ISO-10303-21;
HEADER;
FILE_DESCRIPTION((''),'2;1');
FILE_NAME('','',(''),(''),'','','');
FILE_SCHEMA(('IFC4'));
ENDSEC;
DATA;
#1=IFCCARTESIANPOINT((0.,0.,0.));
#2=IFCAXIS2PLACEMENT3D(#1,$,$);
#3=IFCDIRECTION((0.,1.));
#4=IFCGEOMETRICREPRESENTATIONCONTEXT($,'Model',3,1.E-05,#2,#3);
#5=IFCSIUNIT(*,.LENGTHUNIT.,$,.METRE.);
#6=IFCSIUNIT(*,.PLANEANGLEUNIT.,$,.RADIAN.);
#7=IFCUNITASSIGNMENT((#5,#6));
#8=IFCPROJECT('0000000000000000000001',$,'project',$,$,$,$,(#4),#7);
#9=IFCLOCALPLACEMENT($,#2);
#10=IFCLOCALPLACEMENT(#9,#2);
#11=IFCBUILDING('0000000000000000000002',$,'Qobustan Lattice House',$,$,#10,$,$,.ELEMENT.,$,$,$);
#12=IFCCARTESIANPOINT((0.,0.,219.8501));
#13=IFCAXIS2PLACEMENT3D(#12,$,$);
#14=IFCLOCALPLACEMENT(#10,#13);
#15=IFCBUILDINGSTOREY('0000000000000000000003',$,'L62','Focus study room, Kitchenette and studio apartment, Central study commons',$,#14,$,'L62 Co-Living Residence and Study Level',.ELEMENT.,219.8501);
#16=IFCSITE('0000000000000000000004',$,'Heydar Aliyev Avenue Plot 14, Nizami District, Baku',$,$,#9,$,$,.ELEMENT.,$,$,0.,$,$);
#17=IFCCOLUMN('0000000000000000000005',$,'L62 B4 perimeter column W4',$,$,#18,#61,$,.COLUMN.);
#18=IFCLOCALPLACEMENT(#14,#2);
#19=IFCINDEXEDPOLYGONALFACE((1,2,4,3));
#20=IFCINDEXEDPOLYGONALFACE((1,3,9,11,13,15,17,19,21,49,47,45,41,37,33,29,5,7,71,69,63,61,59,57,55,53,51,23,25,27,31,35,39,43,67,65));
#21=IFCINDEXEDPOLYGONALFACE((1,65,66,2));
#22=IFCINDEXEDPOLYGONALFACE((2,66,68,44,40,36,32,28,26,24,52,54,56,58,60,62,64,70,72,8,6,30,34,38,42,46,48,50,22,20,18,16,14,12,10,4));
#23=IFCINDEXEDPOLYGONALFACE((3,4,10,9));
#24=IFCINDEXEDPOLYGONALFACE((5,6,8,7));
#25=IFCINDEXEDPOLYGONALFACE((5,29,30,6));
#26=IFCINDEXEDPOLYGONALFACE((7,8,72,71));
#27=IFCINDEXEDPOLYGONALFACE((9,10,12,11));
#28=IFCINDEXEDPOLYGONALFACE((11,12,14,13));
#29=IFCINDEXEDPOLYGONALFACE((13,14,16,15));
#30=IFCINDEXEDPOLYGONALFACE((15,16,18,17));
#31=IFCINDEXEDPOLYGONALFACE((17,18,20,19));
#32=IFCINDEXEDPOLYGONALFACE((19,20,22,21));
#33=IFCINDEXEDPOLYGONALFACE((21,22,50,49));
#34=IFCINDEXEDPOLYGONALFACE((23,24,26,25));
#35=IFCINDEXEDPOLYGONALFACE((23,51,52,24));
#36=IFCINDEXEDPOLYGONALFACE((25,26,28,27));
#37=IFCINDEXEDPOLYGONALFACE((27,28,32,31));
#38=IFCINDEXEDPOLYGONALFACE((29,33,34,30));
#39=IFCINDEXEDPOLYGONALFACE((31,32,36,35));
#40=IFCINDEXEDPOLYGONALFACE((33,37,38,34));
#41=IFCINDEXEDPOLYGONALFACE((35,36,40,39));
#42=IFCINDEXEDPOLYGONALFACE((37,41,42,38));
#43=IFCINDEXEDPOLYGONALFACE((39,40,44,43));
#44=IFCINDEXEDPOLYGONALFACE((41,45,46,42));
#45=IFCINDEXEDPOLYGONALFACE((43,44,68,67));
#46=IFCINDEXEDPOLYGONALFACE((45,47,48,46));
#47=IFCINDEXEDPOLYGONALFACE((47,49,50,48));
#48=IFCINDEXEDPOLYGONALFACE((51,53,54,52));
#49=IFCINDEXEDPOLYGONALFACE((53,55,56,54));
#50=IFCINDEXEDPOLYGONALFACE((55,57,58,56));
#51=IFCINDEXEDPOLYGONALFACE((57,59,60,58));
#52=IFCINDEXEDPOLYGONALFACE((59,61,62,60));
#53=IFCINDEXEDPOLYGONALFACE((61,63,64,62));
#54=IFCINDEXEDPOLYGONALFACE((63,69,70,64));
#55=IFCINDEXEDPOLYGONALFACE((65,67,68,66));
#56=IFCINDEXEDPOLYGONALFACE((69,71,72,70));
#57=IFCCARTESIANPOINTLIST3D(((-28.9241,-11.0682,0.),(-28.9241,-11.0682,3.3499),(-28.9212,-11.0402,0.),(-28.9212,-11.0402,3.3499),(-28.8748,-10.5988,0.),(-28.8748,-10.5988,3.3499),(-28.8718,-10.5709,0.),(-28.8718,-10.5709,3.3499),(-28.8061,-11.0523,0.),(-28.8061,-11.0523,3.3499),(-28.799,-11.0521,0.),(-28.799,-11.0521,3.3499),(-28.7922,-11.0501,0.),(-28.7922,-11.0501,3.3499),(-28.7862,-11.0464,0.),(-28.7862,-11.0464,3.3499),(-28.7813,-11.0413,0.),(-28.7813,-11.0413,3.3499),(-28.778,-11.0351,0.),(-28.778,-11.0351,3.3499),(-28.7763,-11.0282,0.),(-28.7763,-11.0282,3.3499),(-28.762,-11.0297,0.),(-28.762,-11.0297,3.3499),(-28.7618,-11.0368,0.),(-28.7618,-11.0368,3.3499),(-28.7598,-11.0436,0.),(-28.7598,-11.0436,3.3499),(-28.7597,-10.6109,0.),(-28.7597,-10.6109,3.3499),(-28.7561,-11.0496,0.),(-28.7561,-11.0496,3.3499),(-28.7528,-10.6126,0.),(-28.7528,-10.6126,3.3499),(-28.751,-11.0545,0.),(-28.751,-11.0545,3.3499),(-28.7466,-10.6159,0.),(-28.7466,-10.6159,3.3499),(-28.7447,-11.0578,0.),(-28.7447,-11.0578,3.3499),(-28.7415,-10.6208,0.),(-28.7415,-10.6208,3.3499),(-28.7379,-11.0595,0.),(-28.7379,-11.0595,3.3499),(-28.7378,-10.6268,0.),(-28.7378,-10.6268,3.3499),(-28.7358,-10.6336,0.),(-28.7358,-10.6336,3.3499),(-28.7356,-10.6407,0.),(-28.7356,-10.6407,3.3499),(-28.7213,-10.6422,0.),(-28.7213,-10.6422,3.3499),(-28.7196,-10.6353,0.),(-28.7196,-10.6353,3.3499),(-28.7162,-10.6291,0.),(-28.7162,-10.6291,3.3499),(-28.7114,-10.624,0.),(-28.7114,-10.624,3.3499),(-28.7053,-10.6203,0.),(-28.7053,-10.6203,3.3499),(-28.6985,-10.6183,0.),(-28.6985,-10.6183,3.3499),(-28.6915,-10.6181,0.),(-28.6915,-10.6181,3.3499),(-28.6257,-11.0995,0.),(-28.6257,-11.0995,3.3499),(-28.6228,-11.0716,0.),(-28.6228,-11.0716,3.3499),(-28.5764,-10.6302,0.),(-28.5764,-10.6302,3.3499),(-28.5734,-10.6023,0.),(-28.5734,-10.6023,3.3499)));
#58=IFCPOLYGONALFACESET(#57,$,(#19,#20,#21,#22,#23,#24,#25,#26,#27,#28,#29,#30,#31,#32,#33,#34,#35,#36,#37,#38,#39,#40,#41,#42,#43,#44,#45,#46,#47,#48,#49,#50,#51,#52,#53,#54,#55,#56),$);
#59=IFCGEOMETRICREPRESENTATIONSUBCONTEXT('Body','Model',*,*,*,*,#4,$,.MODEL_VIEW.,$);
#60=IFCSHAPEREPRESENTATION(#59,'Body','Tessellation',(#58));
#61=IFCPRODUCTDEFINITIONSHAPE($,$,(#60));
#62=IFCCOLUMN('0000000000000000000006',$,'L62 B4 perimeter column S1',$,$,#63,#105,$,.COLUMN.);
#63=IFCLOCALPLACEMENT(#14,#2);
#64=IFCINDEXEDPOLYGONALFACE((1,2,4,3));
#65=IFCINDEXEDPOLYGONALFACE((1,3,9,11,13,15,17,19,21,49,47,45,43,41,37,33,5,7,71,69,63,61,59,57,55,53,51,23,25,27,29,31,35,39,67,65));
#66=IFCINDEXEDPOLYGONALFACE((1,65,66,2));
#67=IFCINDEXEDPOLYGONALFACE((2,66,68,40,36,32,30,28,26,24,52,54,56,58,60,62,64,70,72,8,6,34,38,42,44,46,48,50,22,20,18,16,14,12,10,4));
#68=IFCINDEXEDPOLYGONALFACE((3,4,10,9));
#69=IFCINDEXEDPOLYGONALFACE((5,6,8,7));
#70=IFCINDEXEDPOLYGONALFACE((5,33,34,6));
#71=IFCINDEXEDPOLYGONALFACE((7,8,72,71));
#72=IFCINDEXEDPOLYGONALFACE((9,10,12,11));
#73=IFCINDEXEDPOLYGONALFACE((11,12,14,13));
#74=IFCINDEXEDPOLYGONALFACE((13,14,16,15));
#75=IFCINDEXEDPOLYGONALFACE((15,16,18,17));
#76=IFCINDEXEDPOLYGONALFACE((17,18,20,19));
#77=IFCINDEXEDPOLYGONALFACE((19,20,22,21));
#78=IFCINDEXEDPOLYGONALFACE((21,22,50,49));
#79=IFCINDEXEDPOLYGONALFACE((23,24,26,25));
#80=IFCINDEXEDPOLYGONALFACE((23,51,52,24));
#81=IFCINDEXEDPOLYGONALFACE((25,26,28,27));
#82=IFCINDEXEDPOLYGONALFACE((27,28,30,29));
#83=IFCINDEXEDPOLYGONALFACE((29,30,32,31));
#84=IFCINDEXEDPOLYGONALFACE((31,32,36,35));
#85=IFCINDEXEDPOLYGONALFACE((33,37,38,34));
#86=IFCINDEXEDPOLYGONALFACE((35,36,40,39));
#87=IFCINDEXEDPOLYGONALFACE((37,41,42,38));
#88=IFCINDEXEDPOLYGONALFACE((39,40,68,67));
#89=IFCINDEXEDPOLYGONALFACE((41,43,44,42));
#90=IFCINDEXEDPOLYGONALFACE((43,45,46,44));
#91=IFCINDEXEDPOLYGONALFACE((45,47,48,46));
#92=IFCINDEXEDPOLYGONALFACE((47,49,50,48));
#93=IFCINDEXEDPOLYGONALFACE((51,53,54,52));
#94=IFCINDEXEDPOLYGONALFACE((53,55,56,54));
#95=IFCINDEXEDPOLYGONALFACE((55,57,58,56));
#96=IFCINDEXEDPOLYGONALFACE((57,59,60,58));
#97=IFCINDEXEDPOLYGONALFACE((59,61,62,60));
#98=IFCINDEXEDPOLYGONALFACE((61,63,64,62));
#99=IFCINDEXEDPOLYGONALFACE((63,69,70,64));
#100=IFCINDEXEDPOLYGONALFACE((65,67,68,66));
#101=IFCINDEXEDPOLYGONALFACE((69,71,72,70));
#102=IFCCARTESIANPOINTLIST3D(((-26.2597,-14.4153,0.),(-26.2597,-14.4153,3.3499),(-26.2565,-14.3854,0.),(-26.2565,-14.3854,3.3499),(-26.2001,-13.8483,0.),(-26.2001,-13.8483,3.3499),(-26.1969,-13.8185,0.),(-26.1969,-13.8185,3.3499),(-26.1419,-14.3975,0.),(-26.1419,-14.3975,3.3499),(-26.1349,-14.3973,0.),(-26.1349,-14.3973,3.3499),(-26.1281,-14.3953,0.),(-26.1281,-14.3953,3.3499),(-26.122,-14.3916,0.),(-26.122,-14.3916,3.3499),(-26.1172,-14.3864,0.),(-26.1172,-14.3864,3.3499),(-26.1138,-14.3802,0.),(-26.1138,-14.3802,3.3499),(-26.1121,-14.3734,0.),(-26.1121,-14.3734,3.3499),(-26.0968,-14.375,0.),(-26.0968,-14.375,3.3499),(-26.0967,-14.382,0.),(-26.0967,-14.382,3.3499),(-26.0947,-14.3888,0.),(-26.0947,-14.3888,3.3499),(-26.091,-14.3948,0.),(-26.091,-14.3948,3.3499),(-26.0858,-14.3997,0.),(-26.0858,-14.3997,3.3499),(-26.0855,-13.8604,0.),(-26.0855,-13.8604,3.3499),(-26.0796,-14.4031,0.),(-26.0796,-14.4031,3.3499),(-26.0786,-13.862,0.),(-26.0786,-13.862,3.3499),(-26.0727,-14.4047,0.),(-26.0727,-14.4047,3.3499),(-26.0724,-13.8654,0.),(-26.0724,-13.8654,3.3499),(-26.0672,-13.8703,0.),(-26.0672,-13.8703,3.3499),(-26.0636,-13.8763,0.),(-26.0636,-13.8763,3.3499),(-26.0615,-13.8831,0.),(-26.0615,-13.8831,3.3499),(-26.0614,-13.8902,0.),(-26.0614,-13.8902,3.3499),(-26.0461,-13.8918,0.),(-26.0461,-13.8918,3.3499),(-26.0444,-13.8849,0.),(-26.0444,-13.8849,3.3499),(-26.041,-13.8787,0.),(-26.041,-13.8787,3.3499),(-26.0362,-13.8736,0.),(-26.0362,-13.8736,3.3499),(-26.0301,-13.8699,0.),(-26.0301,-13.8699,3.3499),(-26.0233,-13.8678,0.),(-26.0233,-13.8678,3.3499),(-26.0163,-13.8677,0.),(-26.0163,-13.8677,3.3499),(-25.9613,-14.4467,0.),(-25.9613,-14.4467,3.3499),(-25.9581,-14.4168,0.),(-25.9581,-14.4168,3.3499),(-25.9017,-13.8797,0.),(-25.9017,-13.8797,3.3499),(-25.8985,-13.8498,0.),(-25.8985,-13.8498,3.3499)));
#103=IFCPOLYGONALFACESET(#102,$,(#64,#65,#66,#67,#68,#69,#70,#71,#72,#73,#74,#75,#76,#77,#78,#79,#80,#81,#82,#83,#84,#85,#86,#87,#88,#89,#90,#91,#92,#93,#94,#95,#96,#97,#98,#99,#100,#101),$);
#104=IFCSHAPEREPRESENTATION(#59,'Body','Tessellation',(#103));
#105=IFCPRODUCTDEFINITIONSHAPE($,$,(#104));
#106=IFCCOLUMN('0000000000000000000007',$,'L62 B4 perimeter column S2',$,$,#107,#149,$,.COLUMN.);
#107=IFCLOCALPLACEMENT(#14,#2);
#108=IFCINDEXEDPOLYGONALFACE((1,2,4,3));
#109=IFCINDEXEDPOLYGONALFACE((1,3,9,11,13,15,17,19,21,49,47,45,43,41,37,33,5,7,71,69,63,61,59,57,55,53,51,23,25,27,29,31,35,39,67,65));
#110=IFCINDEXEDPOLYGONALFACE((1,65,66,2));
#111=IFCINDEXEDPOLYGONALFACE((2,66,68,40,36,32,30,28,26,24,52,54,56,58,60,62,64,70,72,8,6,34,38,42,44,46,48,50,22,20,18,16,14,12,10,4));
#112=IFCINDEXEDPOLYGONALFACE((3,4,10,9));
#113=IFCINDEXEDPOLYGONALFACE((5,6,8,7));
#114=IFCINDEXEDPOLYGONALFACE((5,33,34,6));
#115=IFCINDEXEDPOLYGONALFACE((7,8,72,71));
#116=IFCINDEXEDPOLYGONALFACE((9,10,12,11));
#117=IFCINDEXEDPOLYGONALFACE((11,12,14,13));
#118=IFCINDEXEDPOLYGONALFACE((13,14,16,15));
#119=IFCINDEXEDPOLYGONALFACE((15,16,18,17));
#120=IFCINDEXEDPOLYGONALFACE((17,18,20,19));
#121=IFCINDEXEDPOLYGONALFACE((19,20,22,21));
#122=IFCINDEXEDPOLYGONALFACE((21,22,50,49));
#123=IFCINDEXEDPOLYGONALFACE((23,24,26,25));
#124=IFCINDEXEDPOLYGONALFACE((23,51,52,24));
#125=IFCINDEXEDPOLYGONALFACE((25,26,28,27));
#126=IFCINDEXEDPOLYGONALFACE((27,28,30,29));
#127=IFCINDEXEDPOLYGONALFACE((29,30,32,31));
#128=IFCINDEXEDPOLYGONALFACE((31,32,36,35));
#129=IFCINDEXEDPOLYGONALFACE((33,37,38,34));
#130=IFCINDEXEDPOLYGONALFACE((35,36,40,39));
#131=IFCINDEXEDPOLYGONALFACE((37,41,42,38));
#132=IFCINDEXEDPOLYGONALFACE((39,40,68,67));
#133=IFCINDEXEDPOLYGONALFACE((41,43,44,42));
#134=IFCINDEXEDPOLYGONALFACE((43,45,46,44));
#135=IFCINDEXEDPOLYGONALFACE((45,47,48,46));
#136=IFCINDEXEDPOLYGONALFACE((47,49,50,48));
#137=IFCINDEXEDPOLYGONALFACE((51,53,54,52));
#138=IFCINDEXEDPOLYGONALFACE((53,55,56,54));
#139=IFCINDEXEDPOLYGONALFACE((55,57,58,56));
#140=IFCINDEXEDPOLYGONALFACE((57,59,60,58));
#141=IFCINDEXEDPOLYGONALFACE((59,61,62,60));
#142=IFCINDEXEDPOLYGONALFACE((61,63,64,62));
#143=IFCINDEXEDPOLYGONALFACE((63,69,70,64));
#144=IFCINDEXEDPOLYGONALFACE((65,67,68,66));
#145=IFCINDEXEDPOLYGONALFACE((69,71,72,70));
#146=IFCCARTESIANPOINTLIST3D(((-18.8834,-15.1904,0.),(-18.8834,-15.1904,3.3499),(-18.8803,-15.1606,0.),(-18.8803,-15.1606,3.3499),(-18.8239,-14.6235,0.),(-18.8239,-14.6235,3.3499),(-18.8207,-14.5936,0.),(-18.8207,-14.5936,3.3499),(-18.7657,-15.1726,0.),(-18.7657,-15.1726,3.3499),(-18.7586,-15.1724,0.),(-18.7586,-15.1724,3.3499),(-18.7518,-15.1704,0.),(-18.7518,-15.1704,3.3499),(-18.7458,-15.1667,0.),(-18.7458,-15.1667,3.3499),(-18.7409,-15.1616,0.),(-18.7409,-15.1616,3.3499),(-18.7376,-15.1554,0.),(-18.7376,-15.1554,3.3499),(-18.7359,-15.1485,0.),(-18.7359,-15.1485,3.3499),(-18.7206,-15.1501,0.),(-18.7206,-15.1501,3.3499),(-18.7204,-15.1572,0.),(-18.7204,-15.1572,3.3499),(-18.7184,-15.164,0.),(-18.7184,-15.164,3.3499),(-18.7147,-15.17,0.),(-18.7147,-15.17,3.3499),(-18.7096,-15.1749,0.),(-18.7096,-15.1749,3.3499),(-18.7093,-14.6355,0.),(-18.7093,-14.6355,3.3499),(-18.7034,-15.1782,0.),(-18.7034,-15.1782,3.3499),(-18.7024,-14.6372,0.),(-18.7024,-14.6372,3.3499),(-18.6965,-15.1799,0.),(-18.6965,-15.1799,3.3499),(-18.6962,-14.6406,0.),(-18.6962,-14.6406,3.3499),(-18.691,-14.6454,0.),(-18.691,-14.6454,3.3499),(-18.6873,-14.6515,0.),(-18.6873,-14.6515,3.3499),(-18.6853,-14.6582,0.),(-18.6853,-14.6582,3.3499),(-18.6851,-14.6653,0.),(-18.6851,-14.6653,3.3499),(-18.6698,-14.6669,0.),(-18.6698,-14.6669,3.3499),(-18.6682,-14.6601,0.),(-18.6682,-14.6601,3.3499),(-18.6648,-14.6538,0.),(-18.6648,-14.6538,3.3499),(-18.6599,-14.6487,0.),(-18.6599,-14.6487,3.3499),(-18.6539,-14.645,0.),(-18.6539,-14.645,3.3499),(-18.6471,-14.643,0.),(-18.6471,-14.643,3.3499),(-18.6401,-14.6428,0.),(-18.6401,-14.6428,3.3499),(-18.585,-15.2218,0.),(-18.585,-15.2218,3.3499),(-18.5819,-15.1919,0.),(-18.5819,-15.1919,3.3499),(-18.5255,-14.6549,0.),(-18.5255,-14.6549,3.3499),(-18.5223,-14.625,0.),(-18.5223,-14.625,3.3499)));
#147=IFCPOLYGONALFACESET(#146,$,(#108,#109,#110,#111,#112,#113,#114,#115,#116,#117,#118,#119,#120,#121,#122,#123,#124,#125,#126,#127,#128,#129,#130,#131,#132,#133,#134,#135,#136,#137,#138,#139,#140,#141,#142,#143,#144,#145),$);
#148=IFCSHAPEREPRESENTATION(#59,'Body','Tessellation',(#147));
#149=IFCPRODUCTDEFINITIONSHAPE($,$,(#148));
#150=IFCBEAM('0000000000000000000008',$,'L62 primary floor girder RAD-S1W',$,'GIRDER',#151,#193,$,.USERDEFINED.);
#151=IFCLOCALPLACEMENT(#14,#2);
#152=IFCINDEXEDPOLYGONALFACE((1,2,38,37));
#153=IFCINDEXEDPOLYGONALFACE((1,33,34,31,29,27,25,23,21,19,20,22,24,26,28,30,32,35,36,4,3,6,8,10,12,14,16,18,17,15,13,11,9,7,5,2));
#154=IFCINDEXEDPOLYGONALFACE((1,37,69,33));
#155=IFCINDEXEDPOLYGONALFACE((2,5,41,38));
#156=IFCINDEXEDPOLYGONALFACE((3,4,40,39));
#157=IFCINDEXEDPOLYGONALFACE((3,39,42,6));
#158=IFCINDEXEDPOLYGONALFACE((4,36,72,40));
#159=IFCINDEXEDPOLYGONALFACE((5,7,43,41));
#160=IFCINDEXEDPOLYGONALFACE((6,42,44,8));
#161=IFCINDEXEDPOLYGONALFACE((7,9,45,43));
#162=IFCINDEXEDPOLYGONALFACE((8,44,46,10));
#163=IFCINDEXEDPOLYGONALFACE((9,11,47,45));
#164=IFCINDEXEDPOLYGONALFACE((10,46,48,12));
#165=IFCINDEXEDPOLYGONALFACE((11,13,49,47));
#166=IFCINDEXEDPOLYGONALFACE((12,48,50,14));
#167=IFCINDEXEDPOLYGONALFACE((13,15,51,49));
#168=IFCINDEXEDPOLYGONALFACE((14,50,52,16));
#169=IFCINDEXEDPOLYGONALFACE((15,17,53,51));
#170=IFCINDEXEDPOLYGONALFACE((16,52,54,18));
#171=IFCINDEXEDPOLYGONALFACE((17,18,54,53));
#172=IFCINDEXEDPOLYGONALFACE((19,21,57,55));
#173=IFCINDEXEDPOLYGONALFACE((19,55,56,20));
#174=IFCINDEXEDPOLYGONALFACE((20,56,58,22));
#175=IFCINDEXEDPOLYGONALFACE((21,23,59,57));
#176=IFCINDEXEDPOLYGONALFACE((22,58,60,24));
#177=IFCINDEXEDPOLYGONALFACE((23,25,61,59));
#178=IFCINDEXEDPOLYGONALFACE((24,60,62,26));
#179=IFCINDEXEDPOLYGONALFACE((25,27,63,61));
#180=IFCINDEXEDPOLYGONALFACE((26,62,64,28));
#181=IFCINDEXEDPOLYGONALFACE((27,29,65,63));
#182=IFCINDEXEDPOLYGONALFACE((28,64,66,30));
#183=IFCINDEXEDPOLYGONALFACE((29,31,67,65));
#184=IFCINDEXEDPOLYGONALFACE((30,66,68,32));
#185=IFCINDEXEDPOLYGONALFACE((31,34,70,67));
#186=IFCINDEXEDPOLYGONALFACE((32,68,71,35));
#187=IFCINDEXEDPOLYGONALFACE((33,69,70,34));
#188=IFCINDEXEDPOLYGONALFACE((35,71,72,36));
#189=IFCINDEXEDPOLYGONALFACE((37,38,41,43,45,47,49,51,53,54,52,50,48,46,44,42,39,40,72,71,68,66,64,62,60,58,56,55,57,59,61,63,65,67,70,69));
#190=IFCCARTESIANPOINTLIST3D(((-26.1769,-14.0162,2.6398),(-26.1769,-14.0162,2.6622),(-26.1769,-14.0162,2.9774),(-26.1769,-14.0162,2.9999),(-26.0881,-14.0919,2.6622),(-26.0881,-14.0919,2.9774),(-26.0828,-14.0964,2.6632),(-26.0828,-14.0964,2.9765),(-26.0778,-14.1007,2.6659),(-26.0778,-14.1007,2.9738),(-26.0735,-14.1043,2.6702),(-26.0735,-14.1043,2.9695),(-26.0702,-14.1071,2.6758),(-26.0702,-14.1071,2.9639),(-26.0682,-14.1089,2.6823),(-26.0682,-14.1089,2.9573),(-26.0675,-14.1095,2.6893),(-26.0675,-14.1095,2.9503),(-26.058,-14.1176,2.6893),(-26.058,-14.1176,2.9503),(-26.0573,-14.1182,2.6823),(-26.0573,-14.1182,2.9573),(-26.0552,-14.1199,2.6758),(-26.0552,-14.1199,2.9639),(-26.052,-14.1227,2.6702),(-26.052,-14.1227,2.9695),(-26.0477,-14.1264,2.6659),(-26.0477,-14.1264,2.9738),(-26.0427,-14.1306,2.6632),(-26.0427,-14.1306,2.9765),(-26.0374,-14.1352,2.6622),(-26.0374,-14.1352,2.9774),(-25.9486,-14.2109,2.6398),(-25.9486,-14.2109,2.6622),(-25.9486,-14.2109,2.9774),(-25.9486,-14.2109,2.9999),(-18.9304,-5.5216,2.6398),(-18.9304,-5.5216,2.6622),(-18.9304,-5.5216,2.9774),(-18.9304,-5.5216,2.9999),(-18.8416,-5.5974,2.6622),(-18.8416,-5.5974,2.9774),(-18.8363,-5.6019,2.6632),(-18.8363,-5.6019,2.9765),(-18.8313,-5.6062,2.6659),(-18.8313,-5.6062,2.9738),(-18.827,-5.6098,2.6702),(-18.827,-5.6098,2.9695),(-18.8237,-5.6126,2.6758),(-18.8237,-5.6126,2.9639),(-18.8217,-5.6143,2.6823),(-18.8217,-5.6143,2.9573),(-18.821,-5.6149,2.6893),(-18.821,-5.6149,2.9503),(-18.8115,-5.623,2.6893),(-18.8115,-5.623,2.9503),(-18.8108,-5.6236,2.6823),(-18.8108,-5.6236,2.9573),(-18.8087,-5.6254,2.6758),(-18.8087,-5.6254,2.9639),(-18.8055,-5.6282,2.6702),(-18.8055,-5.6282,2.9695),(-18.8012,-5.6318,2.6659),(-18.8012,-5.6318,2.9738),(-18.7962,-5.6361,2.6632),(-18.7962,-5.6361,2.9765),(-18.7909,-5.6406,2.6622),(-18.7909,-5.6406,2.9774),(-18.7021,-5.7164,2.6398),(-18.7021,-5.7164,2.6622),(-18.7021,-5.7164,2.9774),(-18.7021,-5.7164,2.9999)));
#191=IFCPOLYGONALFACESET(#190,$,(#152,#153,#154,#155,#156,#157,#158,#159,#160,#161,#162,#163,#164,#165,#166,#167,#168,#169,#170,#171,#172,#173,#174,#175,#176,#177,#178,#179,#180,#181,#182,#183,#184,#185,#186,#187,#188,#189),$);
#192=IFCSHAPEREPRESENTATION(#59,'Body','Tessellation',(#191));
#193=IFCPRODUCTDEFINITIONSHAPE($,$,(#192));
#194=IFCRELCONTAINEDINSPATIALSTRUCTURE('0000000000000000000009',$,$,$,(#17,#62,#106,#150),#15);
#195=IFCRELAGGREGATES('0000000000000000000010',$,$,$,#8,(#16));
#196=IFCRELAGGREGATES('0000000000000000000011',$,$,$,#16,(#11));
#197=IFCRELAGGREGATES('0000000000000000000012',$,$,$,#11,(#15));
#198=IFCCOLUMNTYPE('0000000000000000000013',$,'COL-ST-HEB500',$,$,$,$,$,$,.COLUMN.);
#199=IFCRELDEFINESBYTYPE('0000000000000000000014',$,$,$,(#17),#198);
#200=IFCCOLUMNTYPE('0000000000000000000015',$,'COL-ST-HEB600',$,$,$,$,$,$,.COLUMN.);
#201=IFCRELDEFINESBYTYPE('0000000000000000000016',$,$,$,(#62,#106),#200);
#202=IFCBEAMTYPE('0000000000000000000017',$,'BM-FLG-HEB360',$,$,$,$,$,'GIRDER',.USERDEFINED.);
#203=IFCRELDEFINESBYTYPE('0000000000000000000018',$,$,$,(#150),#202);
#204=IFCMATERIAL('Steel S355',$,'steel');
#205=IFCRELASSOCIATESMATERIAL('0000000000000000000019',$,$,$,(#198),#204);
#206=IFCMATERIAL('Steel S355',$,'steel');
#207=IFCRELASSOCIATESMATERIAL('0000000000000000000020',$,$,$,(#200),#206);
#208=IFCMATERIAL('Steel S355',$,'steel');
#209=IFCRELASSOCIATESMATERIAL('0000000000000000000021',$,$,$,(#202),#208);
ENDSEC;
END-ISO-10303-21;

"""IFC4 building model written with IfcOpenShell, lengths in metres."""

from ifc_helpers import new_model, si_unit, direction, frame, origin, origin_2d, place, context, subcontext, project, spatial, i_section, extrude, material, material_profile, profile_set, type_object, element, save


model = new_model("IFC4")

# Units and contexts
model_context = context("Model", 3, precision=1e-05, world=origin(), true_north=direction((0.0, 1.0)))
body_context = subcontext(model_context, "Body", "Model", "MODEL_VIEW")
ifc_project = project(units=[si_unit("LENGTHUNIT", "METRE"), si_unit("PLANEANGLEUNIT", "RADIAN")], contexts=[model_context])

# Site, building, storey
site_placement = place(None, origin())
site = spatial("IfcSite", under=ifc_project, at=site_placement, Name="Heydar Aliyev Avenue Plot 14, Nizami District, Baku", CompositionType="ELEMENT", RefElevation=0.0)
building_placement = place(site_placement, origin())
building = spatial("IfcBuilding", under=site, at=building_placement, Name="Qobustan Lattice House", CompositionType="ELEMENT")
storey_placement = place(building_placement, frame((0.0, 0.0, 219.8501)))
storey = spatial("IfcBuildingStorey", under=building, at=storey_placement, Name="L62", Description="Focus study room, Kitchenette and studio apartment, Central study commons", LongName="L62 Co-Living Residence and Study Level", CompositionType="ELEMENT", Elevation=219.8501)

# Columns
ifc_material_1 = material(Name="Steel S355", Category="steel")
ifc_material_profile_1 = material_profile(ifc_material_1, i_section(OverallWidth=0.3, OverallDepth=0.5, WebThickness=0.0144, FlangeThickness=0.0281, FilletRadius=0.0271, at=origin_2d()), Name="HEB500")
ifc_profile_set_1 = profile_set([ifc_material_profile_1], Name="Steel S355")
column_type_1 = type_object("IfcColumnType", Name="COL-ST-HEB500", PredefinedType="COLUMN", material=ifc_profile_set_1)
column_placement = place(storey_placement, frame((-28.7488, -10.8352, 0.0), z_axis=(0.0, 0.0, 1.0), x_axis=(0.994522, -0.104528, 0.0)))
element("IfcColumn", 1, at=column_placement, inside=storey, type_object=column_type_1, Name="L62 B4 perimeter column W4", PredefinedType="COLUMN", context=body_context, shape_type="SweptSolid", body=[
    extrude(i_section(OverallWidth=0.3, OverallDepth=0.5, WebThickness=0.0144, FlangeThickness=0.0281, FilletRadius=0.0271, at=origin_2d()), origin(), (0.0, 0.0, 1.0), 3.3499),
])
ifc_material_2 = material(Name="Steel S355", Category="steel")
ifc_material_profile_2 = material_profile(ifc_material_2, i_section(OverallWidth=0.3, OverallDepth=0.6001, WebThickness=0.0154, FlangeThickness=0.03, FilletRadius=0.0271, at=origin_2d()), Name="HEB600")
ifc_profile_set_2 = profile_set([ifc_material_profile_2], Name="Steel S355")
column_type_2 = type_object("IfcColumnType", Name="COL-ST-HEB600", PredefinedType="COLUMN", material=ifc_profile_set_2)
for number, where, z_axis, x_axis, name in (
    (2, (-26.0791, -14.1326, 0.0), (0.0, 0.0, 1.0), (0.994522, -0.104528, 0.0), "L62 B4 perimeter column S1"),
    (3, (-18.7029, -14.9077, 0.0), (0.0, 0.0, 1.0), (0.994522, -0.104528, 0.0), "L62 B4 perimeter column S2"),
):
    element("IfcColumn", number, at=place(storey_placement, frame(where, z_axis=z_axis, x_axis=x_axis)), inside=storey, type_object=column_type_2, Name=name, PredefinedType="COLUMN", context=body_context, shape_type="SweptSolid", body=[
        extrude(i_section(OverallWidth=0.3, OverallDepth=0.6001, WebThickness=0.0154, FlangeThickness=0.03, FilletRadius=0.0271, at=origin_2d()), origin(), (0.0, 0.0, 1.0), 3.3499),
    ])

# Beam
ifc_material_3 = material(Name="Steel S355", Category="steel")
ifc_material_profile_3 = material_profile(ifc_material_3, i_section(OverallWidth=0.3, OverallDepth=0.3601, WebThickness=0.0125, FlangeThickness=0.0225, FilletRadius=0.0271, at=origin_2d()), Name="HEB360")
ifc_profile_set_3 = profile_set([ifc_material_profile_3], Name="Steel S355")
beam_type_1 = type_object("IfcBeamType", Name="BM-FLG-HEB360", ElementType="GIRDER", PredefinedType="USERDEFINED", material=ifc_profile_set_3)
beam_1_placement = place(storey_placement, frame((-26.0627, -14.1135, 2.8198), z_axis=(0.649007, 0.760783, 0.0), x_axis=(-0.760783, 0.649007, 0.0)))
element("IfcBeam", 4, at=beam_1_placement, inside=storey, type_object=beam_type_1, Name="L62 primary floor girder RAD-S1W", ObjectType="GIRDER", PredefinedType="USERDEFINED", context=body_context, shape_type="SweptSolid", body=[
    extrude(i_section(OverallWidth=0.3, OverallDepth=0.3601, WebThickness=0.0125, FlangeThickness=0.0225, FilletRadius=0.0271, at=origin_2d()), origin(), (0.0, 0.0, 1.0), 11.1655),
])

save(model, "model.ifc")
